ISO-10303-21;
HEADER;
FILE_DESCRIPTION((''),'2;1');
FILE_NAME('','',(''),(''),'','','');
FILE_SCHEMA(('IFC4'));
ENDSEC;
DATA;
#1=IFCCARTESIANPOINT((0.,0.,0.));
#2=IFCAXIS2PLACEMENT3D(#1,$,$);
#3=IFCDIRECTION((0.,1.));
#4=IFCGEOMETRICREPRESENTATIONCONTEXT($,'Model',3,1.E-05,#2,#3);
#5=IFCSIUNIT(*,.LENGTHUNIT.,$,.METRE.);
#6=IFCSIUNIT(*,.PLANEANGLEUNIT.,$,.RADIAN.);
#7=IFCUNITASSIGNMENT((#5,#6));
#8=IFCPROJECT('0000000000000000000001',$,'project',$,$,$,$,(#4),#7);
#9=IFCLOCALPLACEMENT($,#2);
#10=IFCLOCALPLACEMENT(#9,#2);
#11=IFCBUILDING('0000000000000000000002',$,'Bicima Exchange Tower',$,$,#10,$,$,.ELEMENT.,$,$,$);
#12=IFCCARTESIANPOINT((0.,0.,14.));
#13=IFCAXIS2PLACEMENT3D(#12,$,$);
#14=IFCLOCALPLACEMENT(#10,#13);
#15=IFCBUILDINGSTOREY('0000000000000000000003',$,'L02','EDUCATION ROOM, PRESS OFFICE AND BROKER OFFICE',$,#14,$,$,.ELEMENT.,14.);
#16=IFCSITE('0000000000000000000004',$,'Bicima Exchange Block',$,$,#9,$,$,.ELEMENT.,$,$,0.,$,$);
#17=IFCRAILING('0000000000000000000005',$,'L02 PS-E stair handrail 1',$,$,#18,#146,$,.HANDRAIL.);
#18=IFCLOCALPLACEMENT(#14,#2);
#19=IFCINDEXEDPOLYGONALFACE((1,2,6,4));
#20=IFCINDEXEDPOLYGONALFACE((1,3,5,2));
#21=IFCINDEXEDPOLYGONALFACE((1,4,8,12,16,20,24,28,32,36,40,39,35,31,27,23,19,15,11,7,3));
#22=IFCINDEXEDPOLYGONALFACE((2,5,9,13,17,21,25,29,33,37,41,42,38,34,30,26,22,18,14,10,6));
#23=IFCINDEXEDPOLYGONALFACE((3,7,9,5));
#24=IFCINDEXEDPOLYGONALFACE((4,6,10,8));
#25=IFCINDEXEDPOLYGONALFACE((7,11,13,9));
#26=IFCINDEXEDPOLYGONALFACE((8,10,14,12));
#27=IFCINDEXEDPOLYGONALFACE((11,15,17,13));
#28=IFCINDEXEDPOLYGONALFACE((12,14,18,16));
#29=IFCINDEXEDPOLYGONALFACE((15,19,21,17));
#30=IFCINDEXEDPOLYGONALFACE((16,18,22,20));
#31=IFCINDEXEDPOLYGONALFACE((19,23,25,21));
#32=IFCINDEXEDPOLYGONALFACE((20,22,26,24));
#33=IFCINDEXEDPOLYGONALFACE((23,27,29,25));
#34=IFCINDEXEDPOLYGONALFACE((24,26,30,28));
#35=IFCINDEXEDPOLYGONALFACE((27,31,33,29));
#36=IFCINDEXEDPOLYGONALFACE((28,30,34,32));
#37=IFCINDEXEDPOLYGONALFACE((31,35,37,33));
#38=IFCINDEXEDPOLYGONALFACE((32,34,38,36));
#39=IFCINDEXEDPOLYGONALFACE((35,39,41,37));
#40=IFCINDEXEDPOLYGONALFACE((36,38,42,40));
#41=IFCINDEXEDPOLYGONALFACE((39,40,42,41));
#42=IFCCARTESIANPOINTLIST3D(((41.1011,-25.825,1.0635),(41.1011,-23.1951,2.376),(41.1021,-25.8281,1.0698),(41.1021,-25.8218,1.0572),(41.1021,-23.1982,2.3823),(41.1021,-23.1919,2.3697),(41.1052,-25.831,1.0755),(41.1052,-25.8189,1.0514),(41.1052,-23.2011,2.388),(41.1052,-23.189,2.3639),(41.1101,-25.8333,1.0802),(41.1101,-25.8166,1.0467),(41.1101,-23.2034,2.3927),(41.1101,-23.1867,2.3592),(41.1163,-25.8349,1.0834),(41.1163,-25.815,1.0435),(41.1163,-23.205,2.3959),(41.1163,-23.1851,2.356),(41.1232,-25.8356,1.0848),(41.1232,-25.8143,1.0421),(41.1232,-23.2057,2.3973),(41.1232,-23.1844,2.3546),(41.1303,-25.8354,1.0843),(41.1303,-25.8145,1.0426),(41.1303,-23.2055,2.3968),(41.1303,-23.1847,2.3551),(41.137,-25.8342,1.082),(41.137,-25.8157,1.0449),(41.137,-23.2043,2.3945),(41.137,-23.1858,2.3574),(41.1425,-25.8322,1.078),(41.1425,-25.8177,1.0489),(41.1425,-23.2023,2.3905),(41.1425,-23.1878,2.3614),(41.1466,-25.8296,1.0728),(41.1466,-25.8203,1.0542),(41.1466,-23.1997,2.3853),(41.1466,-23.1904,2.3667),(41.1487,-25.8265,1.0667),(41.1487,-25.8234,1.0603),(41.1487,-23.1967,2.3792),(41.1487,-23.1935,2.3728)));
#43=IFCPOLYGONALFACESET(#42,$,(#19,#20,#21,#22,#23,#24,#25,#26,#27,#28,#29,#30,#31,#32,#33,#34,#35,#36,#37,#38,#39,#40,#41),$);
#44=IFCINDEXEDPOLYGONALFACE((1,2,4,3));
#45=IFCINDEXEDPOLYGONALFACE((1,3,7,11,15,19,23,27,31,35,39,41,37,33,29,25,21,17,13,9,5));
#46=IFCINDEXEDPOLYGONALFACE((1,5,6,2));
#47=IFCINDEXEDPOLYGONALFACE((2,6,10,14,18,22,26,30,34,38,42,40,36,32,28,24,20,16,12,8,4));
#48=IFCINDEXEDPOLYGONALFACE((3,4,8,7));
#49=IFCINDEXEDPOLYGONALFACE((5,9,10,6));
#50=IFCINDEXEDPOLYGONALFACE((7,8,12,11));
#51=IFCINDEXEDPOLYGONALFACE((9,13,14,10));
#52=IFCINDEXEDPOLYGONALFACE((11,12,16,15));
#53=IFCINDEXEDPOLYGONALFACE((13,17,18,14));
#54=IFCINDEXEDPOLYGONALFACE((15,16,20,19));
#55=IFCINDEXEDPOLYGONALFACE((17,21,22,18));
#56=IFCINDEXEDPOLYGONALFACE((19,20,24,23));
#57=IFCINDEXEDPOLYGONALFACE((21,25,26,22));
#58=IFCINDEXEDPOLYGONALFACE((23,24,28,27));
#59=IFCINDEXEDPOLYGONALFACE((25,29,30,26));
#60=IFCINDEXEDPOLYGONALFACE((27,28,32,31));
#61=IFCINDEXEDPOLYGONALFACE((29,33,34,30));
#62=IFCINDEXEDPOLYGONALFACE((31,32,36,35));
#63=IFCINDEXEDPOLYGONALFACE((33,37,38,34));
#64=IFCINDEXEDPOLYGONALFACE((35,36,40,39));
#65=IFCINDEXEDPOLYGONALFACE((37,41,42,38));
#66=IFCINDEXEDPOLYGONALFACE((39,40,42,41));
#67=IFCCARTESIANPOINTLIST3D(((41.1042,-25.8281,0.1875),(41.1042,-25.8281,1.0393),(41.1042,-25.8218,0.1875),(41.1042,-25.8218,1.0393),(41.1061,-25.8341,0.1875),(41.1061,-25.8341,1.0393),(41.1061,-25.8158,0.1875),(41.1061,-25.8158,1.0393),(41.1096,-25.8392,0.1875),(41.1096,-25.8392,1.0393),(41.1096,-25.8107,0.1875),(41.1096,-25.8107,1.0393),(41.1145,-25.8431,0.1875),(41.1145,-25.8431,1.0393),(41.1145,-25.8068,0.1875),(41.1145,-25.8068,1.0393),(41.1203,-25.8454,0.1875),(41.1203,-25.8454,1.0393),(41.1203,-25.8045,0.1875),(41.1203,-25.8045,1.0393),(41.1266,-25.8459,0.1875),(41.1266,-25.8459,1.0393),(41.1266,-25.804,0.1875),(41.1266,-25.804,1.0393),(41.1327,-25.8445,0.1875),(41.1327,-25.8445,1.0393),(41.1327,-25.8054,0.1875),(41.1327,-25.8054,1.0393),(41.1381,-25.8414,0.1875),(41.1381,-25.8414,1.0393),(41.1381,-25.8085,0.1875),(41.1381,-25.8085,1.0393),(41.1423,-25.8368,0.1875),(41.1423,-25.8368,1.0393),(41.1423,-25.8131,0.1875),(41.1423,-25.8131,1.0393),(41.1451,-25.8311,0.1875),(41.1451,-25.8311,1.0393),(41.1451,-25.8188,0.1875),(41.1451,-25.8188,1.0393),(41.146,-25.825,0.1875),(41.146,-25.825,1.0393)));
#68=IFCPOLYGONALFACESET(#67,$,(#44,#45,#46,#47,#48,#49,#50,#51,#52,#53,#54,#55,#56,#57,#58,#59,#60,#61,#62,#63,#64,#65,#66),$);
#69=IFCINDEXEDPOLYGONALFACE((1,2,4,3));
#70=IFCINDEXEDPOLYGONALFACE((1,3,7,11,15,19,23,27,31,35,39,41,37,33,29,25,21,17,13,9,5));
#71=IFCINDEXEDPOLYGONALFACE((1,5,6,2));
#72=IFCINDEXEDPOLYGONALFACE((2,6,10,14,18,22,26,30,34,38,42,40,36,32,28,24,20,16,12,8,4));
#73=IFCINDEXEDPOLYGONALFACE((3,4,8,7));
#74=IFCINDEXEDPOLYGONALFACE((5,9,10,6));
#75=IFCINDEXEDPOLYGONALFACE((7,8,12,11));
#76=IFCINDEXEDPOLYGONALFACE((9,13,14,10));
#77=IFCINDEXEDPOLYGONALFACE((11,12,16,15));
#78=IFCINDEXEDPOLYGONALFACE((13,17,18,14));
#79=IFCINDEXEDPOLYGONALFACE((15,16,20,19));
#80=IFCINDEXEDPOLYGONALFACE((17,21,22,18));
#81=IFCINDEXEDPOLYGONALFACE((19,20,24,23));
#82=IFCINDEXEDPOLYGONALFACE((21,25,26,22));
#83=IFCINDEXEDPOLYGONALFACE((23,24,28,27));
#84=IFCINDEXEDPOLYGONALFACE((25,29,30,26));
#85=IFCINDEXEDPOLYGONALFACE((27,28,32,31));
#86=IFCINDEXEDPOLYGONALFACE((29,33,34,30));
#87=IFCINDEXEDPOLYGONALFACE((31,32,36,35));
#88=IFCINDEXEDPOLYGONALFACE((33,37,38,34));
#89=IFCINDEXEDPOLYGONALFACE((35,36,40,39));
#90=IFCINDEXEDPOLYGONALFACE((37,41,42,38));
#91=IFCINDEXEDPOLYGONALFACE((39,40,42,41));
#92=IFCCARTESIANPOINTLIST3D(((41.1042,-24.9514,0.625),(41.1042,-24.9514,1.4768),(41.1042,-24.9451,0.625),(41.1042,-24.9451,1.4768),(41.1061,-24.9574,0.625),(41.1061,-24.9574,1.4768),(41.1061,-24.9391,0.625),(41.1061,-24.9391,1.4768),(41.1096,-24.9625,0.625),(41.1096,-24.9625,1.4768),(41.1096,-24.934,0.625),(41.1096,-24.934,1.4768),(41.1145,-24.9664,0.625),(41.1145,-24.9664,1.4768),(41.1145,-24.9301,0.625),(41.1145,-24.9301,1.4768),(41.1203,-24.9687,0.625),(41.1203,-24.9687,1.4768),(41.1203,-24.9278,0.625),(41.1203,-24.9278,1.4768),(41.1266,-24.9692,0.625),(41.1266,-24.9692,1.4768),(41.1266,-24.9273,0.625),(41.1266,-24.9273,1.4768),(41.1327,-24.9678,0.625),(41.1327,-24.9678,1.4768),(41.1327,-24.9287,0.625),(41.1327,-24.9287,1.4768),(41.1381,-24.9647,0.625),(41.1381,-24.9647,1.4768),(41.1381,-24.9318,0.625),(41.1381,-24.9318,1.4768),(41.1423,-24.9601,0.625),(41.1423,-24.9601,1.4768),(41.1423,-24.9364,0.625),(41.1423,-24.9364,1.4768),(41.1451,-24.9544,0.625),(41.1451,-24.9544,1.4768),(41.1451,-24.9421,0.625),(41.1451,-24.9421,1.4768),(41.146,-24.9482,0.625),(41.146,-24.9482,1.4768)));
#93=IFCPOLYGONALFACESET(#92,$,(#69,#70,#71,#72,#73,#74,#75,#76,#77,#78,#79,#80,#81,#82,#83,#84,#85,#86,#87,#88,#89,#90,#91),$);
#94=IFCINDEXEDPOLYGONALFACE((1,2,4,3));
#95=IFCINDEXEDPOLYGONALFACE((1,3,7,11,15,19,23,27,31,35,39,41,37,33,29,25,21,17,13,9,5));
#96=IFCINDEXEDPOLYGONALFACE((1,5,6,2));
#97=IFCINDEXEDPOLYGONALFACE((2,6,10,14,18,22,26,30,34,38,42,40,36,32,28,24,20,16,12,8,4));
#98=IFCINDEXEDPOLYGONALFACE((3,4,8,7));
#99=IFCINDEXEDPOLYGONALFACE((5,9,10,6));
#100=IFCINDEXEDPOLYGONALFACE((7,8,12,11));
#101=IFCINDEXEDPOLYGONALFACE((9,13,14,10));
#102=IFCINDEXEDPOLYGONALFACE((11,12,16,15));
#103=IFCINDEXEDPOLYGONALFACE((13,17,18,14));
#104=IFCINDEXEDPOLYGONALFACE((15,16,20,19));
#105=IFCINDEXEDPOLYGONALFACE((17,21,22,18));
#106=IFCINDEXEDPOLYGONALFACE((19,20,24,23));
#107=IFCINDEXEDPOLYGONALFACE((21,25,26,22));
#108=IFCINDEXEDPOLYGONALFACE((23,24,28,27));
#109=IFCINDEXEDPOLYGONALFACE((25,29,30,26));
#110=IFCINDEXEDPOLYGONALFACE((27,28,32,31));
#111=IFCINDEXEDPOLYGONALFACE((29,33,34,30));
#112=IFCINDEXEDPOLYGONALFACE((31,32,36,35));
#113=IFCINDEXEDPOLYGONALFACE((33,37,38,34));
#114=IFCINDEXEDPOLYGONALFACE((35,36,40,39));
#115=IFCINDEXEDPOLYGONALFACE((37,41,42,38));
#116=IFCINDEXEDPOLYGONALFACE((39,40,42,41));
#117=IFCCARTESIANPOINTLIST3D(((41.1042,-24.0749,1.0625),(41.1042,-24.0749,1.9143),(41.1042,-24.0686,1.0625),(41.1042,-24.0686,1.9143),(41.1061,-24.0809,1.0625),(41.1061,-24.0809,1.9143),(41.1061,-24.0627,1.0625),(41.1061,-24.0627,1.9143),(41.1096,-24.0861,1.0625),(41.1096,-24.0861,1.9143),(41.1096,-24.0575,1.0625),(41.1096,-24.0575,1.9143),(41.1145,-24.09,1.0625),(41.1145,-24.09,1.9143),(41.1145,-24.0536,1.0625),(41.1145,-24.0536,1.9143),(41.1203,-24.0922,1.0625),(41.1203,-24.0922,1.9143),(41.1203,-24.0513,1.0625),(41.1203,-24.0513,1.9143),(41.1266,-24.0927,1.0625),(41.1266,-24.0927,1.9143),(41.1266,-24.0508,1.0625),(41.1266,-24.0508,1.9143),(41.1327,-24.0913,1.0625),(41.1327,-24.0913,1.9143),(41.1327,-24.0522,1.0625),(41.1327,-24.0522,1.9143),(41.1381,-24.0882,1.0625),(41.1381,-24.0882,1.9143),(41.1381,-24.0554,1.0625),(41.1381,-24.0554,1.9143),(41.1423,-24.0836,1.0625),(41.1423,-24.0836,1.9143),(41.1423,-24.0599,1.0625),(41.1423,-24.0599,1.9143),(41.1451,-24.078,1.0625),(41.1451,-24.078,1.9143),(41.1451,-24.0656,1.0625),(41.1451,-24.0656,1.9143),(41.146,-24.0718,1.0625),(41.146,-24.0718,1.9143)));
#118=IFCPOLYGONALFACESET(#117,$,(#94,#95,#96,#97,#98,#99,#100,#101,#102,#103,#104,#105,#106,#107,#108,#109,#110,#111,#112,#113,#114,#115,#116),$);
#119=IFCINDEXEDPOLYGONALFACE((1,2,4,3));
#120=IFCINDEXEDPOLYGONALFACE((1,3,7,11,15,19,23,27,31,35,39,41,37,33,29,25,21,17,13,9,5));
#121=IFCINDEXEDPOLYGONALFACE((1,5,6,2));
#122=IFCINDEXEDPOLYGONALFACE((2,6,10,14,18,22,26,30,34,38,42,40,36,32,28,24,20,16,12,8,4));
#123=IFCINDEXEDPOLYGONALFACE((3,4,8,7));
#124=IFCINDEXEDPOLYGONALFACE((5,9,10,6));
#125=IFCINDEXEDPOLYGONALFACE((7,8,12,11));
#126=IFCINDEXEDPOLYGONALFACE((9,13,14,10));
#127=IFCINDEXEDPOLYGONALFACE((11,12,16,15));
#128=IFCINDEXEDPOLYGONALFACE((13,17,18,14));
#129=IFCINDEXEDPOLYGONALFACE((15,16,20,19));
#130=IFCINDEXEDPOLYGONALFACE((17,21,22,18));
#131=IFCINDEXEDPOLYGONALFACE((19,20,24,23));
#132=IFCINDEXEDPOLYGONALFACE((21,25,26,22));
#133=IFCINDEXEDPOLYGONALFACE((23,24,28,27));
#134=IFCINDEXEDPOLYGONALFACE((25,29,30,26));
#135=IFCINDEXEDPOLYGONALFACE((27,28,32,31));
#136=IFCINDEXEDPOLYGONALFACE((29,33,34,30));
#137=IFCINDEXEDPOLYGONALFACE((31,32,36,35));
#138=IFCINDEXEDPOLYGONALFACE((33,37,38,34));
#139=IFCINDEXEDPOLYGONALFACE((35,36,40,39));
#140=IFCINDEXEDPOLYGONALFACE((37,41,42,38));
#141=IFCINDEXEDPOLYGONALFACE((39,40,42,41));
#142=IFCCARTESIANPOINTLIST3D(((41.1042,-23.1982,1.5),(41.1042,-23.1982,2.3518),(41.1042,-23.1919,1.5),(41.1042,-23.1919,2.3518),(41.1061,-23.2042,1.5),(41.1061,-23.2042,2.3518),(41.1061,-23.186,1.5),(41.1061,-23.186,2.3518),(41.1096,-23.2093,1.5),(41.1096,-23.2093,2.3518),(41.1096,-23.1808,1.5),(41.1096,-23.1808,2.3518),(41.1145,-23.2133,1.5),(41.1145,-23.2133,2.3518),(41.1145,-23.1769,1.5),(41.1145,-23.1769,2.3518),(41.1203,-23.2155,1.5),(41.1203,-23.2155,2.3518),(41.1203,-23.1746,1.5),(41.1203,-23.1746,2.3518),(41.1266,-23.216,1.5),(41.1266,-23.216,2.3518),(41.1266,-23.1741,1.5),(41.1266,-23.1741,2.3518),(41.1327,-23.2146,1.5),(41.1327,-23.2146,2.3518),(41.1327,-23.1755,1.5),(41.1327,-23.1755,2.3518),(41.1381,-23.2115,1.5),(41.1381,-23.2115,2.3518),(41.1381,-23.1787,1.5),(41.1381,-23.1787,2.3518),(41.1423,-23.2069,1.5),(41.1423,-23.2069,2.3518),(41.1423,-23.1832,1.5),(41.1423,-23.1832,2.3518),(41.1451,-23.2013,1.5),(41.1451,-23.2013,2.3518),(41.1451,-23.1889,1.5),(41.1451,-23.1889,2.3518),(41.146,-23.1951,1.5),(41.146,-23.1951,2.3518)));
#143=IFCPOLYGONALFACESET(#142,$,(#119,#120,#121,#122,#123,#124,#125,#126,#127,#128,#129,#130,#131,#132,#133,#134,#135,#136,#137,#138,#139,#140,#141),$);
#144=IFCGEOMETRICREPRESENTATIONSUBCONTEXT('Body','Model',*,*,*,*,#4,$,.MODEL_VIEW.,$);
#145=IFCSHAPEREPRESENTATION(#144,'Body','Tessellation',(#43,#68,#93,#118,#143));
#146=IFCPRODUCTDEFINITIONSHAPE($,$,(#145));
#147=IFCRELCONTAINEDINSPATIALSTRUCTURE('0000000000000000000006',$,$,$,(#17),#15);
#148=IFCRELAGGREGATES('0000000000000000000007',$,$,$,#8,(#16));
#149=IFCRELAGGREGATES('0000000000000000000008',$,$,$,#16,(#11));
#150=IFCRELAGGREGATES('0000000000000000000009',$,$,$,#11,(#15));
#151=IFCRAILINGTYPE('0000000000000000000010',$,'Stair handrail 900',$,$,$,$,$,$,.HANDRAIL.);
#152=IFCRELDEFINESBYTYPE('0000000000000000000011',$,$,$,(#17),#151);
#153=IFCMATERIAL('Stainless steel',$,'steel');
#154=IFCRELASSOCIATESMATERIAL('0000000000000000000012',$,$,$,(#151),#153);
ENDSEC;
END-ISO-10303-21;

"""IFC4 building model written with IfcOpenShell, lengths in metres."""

from ifc_helpers import new_model, si_unit, direction, frame, origin, origin_2d, place, context, subcontext, project, spatial, circle, extrude, material, type_object, element, save


model = new_model("IFC4")

# Units and contexts
model_context = context("Model", 3, precision=1e-05, world=origin(), true_north=direction((0.0, 1.0)))
body_context = subcontext(model_context, "Body", "Model", "MODEL_VIEW")
ifc_project = project(units=[si_unit("LENGTHUNIT", "METRE"), si_unit("PLANEANGLEUNIT", "RADIAN")], contexts=[model_context])

# Site, building, storey
site_placement = place(None, origin())
site = spatial("IfcSite", under=ifc_project, at=site_placement, Name="Bicima Exchange Block", CompositionType="ELEMENT", RefElevation=0.0)
building_placement = place(site_placement, origin())
building = spatial("IfcBuilding", under=site, at=building_placement, Name="Bicima Exchange Tower", CompositionType="ELEMENT")
storey_placement = place(building_placement, frame((0.0, 0.0, 14.0)))
storey = spatial("IfcBuildingStorey", under=building, at=storey_placement, Name="L02", Description="EDUCATION ROOM, PRESS OFFICE AND BROKER OFFICE", CompositionType="ELEMENT", Elevation=14.0)

# Railing
ifc_material_1 = material(Name="Stainless steel", Category="steel")
railing_type_1 = type_object("IfcRailingType", Name="Stair handrail 900", PredefinedType="HANDRAIL", material=ifc_material_1)
railing_1_placement = place(storey_placement, frame((41.125, -25.825, 0.1875)))
element("IfcRailing", 1, at=railing_1_placement, inside=storey, type_object=railing_type_1, Name="L02 PS-E stair handrail 1", PredefinedType="HANDRAIL", context=body_context, shape_type="SweptSolid", body=[
    extrude(circle(Radius=0.0239, at=origin_2d()), frame((0.0, 0.0, 0.876), z_axis=(0.0, 0.894759, 0.446549), x_axis=(-1.0, 0.0, 0.0)), (0.0, 0.0, 1.0), 2.9392),
    extrude(circle(Radius=0.021, at=origin_2d()), origin(), (0.0, 0.0, 1.0), 0.8518),
    extrude(circle(Radius=0.021, at=origin_2d()), frame((0.0, 0.8767, 0.4375)), (0.0, 0.0, 1.0), 0.8518),
    extrude(circle(Radius=0.021, at=origin_2d()), frame((0.0, 1.7532, 0.875)), (0.0, 0.0, 1.0), 0.8518),
    extrude(circle(Radius=0.021, at=origin_2d()), frame((0.0, 2.6299, 1.3125)), (0.0, 0.0, 1.0), 0.8518),
])

save(model, "model.ifc")
